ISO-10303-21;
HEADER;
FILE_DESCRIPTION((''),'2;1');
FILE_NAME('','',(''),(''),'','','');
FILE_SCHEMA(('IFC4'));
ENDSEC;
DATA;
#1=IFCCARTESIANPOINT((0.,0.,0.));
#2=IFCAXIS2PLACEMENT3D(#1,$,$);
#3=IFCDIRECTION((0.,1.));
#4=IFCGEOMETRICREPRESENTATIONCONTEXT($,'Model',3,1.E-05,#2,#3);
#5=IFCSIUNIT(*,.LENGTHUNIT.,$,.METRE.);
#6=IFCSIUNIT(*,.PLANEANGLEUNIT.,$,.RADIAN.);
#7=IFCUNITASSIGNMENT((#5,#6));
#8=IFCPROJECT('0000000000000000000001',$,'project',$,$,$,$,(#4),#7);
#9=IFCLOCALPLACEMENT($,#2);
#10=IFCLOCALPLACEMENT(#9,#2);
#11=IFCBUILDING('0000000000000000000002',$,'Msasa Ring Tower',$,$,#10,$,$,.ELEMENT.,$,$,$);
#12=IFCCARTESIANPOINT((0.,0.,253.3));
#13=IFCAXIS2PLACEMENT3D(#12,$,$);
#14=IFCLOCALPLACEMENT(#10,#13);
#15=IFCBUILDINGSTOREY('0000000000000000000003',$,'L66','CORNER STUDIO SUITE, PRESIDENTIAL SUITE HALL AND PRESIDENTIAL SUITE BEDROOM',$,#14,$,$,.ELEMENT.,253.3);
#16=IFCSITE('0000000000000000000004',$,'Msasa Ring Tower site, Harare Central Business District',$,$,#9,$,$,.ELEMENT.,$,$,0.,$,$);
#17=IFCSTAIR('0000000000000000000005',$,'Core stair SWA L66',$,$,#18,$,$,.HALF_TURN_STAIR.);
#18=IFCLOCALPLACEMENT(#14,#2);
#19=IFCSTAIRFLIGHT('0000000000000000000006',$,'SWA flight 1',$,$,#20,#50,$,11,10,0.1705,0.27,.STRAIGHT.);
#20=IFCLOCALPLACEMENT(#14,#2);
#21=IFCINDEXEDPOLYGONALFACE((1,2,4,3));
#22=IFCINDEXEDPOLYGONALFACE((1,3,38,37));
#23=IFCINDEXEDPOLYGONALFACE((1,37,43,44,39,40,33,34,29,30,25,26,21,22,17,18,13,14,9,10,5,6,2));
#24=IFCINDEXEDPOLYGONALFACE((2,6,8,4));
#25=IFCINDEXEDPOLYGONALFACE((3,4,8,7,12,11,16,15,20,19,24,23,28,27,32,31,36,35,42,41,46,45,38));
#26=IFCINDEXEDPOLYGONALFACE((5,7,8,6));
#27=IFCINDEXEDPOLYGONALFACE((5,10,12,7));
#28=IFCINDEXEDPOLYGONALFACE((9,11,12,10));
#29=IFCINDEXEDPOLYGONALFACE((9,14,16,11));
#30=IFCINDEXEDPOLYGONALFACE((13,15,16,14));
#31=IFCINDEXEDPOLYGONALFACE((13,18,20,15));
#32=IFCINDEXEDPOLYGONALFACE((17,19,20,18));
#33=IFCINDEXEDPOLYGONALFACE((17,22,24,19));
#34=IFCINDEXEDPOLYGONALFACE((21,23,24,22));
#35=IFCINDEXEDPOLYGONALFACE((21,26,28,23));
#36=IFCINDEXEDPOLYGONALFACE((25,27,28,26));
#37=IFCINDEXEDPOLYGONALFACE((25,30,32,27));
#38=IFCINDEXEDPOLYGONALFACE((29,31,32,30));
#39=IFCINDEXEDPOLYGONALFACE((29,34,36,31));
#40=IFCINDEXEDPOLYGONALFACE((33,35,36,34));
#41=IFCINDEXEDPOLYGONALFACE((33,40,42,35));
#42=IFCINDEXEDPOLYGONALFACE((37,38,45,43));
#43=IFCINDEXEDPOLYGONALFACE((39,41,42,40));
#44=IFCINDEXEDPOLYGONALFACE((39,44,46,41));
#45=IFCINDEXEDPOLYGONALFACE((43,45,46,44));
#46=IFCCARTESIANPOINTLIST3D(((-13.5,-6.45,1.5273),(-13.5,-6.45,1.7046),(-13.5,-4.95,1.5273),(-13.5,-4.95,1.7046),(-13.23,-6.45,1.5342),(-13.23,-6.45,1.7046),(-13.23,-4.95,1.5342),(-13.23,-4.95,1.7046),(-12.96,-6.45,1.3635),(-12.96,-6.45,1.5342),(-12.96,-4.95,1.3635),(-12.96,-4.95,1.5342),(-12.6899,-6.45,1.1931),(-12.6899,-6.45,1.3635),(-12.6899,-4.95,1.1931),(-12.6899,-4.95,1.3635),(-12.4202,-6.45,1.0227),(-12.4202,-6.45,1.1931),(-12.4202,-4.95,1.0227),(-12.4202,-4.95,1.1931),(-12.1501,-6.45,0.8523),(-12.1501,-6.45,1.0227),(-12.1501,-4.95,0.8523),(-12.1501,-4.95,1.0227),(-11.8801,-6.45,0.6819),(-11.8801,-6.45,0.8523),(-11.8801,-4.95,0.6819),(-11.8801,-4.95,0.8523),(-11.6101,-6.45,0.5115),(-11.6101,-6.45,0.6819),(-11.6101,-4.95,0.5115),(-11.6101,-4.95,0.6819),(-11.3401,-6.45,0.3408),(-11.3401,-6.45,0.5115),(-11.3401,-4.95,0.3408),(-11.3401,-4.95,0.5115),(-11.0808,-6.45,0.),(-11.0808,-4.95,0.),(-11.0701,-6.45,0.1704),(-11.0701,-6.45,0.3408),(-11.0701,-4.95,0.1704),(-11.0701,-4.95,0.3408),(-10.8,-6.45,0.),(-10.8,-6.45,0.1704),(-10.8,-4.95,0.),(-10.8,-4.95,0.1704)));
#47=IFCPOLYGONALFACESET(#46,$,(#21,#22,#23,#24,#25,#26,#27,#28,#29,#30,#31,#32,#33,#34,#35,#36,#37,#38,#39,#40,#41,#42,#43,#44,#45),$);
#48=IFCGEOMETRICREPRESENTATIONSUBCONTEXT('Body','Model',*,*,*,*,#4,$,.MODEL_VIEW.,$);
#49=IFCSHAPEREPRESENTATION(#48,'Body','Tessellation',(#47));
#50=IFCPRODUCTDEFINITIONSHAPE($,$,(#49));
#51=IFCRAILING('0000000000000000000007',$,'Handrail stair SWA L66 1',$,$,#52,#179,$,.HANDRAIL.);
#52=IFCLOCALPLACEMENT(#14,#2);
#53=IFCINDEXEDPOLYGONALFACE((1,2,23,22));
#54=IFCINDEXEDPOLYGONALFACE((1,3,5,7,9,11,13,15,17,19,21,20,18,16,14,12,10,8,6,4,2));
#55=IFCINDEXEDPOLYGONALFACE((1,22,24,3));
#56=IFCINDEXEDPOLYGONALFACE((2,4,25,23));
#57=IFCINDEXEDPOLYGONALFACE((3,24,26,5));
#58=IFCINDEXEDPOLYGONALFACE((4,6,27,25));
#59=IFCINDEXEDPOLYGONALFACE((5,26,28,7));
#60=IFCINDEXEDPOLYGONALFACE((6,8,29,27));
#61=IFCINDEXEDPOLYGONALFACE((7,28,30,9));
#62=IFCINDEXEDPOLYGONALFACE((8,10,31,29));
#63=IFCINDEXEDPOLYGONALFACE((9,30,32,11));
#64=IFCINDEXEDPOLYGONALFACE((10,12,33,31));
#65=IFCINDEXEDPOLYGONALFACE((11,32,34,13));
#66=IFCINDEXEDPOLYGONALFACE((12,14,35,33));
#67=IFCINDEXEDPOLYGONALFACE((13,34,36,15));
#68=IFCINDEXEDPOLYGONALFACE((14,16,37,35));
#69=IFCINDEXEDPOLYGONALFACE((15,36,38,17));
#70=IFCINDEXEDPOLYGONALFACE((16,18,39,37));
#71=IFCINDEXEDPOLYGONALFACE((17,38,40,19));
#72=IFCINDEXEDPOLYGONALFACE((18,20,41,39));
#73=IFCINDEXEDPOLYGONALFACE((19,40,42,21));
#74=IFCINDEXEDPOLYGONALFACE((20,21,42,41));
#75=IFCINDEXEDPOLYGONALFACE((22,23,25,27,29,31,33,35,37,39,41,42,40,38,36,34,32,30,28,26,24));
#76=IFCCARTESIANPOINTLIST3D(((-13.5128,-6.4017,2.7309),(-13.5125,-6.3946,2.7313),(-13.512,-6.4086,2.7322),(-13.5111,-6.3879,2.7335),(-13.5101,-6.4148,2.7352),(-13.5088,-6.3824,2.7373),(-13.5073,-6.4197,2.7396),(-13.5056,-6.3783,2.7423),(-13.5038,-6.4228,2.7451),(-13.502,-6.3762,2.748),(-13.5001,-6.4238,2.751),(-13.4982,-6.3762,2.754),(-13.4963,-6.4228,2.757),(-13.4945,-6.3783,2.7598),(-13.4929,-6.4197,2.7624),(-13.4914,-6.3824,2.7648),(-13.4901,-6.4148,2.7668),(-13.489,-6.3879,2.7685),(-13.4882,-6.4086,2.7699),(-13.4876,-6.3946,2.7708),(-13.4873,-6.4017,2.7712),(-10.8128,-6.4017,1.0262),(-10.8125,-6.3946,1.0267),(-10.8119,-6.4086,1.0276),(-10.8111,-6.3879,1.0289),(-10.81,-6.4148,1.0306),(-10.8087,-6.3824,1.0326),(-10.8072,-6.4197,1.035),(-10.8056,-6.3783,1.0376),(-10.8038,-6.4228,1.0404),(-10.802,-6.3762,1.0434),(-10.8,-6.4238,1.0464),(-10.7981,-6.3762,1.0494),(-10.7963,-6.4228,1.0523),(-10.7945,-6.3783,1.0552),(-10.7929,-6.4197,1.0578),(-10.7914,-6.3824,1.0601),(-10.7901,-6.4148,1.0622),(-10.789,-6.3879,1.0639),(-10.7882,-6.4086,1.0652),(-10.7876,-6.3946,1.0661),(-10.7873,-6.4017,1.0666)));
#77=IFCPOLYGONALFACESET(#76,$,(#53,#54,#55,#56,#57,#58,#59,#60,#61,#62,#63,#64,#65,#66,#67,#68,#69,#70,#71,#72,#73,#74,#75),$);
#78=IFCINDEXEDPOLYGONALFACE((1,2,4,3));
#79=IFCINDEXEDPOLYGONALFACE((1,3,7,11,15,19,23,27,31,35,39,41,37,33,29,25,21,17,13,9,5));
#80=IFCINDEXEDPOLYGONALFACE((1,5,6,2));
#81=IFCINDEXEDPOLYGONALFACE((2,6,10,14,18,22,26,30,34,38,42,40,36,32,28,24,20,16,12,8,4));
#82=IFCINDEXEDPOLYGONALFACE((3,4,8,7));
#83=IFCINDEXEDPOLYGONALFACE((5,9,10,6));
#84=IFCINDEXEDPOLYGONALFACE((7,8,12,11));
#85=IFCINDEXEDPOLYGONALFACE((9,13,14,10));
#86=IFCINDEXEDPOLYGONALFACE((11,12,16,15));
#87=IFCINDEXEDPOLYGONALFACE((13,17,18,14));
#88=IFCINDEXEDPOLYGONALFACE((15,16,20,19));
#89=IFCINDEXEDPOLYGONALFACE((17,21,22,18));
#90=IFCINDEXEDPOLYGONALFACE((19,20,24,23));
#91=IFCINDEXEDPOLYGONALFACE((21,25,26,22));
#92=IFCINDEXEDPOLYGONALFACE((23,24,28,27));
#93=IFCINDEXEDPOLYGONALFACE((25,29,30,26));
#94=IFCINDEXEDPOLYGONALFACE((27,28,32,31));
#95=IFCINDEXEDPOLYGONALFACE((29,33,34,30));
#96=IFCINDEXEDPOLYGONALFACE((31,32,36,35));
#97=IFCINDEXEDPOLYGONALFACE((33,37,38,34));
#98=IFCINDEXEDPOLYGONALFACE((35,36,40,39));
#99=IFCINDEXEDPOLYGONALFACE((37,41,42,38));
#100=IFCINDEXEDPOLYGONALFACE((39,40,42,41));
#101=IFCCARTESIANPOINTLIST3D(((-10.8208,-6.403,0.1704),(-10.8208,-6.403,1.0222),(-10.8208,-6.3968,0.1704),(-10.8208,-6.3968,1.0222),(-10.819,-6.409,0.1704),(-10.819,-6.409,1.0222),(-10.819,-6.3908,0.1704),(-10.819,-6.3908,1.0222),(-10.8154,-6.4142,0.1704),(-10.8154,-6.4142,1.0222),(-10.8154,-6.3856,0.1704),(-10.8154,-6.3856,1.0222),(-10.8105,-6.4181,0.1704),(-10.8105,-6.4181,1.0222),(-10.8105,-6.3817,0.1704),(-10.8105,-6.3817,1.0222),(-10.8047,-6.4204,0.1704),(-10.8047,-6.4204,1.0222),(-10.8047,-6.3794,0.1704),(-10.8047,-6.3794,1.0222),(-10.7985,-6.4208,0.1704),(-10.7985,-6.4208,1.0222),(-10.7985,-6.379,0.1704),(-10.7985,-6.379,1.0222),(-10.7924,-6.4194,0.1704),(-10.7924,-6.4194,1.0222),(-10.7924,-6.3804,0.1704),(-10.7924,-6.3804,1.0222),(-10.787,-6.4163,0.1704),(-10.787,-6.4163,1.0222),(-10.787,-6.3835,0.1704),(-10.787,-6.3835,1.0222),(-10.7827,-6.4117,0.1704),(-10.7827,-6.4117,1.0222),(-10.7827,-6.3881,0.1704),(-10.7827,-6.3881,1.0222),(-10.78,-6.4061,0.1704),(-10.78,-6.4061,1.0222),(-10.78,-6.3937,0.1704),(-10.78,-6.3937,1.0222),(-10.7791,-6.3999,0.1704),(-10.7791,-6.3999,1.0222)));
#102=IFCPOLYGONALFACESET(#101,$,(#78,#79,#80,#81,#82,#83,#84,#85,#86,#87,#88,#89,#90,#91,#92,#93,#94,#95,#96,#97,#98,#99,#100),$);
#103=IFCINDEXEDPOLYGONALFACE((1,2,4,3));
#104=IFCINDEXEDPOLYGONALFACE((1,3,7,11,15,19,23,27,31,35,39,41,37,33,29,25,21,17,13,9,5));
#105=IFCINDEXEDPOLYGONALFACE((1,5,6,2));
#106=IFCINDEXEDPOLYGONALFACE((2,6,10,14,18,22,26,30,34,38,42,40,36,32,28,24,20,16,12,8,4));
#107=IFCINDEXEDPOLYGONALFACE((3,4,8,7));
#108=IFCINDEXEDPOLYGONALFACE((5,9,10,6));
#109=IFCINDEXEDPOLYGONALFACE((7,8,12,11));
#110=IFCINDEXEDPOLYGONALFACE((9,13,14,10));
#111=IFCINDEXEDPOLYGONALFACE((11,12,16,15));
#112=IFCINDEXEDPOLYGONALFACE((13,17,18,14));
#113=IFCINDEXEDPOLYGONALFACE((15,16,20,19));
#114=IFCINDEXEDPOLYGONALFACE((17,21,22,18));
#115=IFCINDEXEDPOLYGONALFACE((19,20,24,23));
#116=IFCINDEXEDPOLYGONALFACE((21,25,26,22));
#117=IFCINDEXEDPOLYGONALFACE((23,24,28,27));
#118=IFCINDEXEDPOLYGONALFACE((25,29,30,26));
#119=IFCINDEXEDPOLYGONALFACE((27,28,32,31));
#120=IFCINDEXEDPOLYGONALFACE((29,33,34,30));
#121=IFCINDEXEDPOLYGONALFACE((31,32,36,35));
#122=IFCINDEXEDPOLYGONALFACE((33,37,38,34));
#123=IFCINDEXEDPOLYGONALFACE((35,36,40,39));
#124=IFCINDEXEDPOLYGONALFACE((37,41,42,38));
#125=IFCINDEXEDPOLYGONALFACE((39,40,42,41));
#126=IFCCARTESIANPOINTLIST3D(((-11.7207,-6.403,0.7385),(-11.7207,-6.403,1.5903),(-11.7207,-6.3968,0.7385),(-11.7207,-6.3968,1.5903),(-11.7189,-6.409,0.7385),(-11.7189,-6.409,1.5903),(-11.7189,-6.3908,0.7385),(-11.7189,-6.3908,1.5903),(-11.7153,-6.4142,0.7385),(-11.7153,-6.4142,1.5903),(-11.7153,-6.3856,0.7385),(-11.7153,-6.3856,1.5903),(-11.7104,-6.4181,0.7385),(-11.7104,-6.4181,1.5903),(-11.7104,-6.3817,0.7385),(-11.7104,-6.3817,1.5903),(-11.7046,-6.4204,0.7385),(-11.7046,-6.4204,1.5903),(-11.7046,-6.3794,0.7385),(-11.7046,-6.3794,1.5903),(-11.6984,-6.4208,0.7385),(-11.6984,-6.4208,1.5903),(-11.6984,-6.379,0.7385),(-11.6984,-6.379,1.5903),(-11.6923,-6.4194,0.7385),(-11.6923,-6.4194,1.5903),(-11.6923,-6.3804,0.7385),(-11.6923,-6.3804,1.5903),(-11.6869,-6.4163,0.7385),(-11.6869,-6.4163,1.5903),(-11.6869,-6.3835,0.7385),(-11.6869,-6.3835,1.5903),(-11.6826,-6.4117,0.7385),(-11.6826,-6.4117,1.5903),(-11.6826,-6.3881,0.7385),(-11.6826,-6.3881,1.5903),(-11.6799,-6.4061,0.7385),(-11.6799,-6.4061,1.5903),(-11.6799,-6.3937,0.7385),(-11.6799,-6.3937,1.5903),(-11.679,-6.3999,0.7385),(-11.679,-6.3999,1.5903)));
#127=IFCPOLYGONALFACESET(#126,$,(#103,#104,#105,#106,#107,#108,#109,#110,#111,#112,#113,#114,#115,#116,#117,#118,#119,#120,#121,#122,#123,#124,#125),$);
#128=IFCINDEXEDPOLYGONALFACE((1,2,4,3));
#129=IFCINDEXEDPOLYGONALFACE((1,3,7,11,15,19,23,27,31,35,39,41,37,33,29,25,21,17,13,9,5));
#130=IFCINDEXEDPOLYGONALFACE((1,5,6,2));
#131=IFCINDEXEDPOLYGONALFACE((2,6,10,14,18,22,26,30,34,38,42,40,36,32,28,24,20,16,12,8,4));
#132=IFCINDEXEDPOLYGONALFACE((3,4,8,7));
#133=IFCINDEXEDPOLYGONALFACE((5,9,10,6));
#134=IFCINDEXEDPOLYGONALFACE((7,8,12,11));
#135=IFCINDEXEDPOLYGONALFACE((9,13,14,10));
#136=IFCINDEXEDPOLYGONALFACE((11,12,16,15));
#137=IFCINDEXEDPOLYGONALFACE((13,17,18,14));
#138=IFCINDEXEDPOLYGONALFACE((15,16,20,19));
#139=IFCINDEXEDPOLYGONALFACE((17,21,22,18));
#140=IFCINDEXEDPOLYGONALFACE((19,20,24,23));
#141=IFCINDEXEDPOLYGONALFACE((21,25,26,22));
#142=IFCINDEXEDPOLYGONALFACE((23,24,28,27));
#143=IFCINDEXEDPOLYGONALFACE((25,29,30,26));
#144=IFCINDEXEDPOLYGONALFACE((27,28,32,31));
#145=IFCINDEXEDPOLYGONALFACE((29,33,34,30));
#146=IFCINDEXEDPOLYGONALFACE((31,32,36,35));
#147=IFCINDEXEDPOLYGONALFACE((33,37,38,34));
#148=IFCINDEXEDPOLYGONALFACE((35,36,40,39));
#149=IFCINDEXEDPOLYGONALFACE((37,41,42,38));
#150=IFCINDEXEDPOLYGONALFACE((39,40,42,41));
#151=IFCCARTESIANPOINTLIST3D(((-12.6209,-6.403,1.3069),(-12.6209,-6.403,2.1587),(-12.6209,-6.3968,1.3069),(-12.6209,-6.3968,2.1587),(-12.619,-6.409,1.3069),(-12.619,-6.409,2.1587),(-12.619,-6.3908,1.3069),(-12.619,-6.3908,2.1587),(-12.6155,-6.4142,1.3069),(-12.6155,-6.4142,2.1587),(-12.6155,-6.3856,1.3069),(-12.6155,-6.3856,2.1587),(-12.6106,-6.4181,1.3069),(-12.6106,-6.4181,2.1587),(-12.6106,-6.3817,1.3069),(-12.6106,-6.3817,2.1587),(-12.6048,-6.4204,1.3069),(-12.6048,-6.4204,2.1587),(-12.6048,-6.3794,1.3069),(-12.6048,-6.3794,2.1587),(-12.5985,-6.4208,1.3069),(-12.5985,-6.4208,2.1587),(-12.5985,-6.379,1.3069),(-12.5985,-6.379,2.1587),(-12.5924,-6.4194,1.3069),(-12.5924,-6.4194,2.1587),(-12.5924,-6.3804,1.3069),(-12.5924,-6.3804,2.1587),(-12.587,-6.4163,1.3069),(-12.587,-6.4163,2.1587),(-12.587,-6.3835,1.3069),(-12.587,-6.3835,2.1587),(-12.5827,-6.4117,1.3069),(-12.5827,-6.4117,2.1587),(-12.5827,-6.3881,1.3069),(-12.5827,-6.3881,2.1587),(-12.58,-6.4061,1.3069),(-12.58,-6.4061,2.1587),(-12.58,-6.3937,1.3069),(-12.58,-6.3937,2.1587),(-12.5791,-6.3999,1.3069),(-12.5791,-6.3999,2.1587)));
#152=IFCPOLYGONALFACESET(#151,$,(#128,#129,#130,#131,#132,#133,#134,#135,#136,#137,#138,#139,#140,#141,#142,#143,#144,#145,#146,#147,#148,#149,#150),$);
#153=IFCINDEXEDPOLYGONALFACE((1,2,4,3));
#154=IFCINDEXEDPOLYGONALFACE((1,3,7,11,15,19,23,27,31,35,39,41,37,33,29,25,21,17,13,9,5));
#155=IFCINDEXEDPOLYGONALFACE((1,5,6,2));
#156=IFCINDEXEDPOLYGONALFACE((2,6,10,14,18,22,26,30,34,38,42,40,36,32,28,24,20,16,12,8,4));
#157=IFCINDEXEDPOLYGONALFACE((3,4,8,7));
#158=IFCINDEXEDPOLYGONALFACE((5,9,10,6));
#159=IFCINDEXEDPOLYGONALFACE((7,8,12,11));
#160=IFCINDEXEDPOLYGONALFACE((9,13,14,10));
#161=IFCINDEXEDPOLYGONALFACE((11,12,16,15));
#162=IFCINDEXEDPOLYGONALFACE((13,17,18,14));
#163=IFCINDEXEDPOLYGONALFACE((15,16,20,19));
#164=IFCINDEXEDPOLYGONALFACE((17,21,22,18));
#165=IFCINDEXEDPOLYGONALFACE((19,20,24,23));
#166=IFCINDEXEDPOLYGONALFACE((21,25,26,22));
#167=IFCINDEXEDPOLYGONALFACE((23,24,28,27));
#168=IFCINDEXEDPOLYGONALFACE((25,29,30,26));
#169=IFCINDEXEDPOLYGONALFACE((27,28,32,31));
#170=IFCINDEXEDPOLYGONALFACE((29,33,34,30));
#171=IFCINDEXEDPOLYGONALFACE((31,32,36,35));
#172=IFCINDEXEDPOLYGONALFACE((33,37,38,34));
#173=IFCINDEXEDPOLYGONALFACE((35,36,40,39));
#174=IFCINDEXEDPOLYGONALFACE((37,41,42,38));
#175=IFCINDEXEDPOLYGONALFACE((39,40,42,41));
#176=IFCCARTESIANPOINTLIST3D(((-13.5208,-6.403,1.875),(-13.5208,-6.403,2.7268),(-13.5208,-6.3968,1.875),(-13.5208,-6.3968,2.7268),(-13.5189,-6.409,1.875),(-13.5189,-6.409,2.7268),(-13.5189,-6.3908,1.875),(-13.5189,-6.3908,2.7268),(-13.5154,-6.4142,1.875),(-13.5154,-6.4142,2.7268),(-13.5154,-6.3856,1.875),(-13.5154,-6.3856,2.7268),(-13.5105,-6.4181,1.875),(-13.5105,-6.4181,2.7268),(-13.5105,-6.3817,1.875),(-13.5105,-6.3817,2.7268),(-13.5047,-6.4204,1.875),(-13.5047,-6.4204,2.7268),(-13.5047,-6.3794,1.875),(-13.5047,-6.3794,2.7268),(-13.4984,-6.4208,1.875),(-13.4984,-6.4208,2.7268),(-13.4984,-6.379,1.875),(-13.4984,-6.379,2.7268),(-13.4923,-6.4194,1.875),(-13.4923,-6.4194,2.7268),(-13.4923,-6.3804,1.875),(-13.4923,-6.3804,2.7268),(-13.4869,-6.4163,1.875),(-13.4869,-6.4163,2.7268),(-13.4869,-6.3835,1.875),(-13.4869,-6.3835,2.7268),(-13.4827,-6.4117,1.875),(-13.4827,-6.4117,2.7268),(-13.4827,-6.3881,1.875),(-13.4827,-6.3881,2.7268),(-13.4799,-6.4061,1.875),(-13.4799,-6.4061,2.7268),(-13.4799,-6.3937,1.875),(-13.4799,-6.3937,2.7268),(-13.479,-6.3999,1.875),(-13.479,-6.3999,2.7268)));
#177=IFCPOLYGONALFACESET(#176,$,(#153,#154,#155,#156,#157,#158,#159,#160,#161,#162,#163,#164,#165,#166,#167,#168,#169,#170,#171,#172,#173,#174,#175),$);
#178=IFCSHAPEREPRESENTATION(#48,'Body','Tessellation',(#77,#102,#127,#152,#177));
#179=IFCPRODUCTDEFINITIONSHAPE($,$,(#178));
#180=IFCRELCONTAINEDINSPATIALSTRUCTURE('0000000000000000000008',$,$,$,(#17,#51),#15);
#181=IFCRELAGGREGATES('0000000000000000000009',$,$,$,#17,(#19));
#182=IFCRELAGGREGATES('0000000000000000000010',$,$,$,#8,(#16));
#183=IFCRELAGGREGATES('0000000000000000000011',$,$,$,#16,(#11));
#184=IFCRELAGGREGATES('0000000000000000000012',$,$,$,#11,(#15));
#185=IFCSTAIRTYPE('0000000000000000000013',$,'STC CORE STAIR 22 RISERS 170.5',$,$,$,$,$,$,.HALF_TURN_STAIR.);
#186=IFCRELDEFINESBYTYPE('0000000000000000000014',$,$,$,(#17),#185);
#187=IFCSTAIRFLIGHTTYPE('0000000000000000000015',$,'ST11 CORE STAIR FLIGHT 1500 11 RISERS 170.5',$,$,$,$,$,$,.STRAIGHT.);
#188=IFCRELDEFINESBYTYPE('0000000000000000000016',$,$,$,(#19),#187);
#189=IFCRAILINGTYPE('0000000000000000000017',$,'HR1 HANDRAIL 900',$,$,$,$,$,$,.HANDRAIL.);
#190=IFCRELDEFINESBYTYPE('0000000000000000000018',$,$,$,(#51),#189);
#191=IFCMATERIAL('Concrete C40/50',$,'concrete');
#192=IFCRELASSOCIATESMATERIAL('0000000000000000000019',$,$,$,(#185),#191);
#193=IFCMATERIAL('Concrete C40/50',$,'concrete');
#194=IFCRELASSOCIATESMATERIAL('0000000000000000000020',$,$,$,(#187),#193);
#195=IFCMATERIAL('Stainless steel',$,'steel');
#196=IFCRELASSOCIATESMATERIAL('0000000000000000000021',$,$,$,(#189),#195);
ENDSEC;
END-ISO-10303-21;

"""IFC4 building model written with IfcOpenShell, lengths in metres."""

from ifc_helpers import new_model, si_unit, direction, frame, origin, origin_2d, place, context, subcontext, project, spatial, polyline, circle, outline, extrude, material, type_object, element, aggregate, save


model = new_model("IFC4")

# Units and contexts
model_context = context("Model", 3, precision=1e-05, world=origin(), true_north=direction((0.0, 1.0)))
body_context = subcontext(model_context, "Body", "Model", "MODEL_VIEW")
ifc_project = project(units=[si_unit("LENGTHUNIT", "METRE"), si_unit("PLANEANGLEUNIT", "RADIAN")], contexts=[model_context])

# Site, building, storey
site_placement = place(None, origin())
site = spatial("IfcSite", under=ifc_project, at=site_placement, Name="Msasa Ring Tower site, Harare Central Business District", CompositionType="ELEMENT", RefElevation=0.0)
building_placement = place(site_placement, origin())
building = spatial("IfcBuilding", under=site, at=building_placement, Name="Msasa Ring Tower", CompositionType="ELEMENT")
storey_placement = place(building_placement, frame((0.0, 0.0, 253.3)))
storey = spatial("IfcBuildingStorey", under=building, at=storey_placement, Name="L66", Description="CORNER STUDIO SUITE, PRESIDENTIAL SUITE HALL AND PRESIDENTIAL SUITE BEDROOM", CompositionType="ELEMENT", Elevation=253.3)

# Stair, stair flight
ifc_material_1 = material(Name="Concrete C40/50", Category="concrete")
stair_type = type_object("IfcStairType", Name="STC CORE STAIR 22 RISERS 170.5", PredefinedType="HALF_TURN_STAIR", material=ifc_material_1)
stair_placement = place(storey_placement, origin())
stair = element("IfcStair", 1, at=stair_placement, inside=storey, type_object=stair_type, Name="Core stair SWA L66", PredefinedType="HALF_TURN_STAIR")
ifc_material_2 = material(Name="Concrete C40/50", Category="concrete")
stair_flight_type = type_object("IfcStairFlightType", Name="ST11 CORE STAIR FLIGHT 1500 11 RISERS 170.5", PredefinedType="STRAIGHT", material=ifc_material_2)
stair_flight_placement = place(storey_placement, frame((-10.8, -5.7, 0.0), z_axis=(0.0, 0.0, 1.0), x_axis=(-1.0, 0.0, 0.0)))
stair_flight = element("IfcStairFlight", 2, at=stair_flight_placement, type_object=stair_flight_type, Name="SWA flight 1", NumberOfRisers=11, NumberOfTreads=10, PredefinedType="STRAIGHT", RiserHeight=0.1705, TreadLength=0.27, context=body_context, shape_type="SweptSolid", body=[
    extrude(outline(polyline([(0.0, 0.0), (0.0, 0.1704), (0.27, 0.1704), (0.27, 0.3408), (0.54, 0.3408), (0.54, 0.5115), (0.8101, 0.5115), (0.8101, 0.6819), (1.0801, 0.6819), (1.0801, 0.8523), (1.3501, 0.8523), (1.3501, 1.0227), (1.6201, 1.0227), (1.6201, 1.1931), (1.8899, 1.1931), (1.8899, 1.3635), (2.1599, 1.3635), (2.1599, 1.5342), (2.4299, 1.5342), (2.4299, 1.7046), (2.7, 1.7046), (2.7, 1.875), (2.7, 1.5273), (0.2808, 0.0), (0.0, 0.0)])), frame((0.0, 0.75, 0.0), z_axis=(0.0, -1.0, 0.0), x_axis=(1.0, 0.0, 0.0)), (0.0, 0.0, 1.0), 1.5),
])
aggregate(stair, [stair_flight])

# Railing
ifc_material_3 = material(Name="Stainless steel", Category="steel")
railing_type = type_object("IfcRailingType", Name="HR1 HANDRAIL 900", PredefinedType="HANDRAIL", material=ifc_material_3)
for number, where, name in (
    (3, (-10.8, -6.3999, 0.1704), "Handrail stair SWA L66 1"),
):
    element("IfcRailing", number, at=place(storey_placement, frame(where)), inside=storey, type_object=railing_type, Name=name, PredefinedType="HANDRAIL", context=body_context, shape_type="SweptSolid", body=[
        extrude(circle(Radius=0.0239, at=origin_2d()), frame((0.0, 0.0, 0.876), z_axis=(-0.84558, 0.0, 0.533849), x_axis=(0.0, -1.0, 0.0)), (0.0, 0.0, 1.0), 3.1931),
        extrude(circle(Radius=0.021, at=origin_2d()), origin(), (0.0, 0.0, 1.0), 0.8518),
        extrude(circle(Radius=0.021, at=origin_2d()), frame((-0.8999, 0.0, 0.5681)), (0.0, 0.0, 1.0), 0.8518),
        extrude(circle(Radius=0.021, at=origin_2d()), frame((-1.8, 0.0, 1.1365)), (0.0, 0.0, 1.0), 0.8518),
        extrude(circle(Radius=0.021, at=origin_2d()), frame((-2.7, 0.0, 1.7046)), (0.0, 0.0, 1.0), 0.8518),
    ])

save(model, "model.ifc")
